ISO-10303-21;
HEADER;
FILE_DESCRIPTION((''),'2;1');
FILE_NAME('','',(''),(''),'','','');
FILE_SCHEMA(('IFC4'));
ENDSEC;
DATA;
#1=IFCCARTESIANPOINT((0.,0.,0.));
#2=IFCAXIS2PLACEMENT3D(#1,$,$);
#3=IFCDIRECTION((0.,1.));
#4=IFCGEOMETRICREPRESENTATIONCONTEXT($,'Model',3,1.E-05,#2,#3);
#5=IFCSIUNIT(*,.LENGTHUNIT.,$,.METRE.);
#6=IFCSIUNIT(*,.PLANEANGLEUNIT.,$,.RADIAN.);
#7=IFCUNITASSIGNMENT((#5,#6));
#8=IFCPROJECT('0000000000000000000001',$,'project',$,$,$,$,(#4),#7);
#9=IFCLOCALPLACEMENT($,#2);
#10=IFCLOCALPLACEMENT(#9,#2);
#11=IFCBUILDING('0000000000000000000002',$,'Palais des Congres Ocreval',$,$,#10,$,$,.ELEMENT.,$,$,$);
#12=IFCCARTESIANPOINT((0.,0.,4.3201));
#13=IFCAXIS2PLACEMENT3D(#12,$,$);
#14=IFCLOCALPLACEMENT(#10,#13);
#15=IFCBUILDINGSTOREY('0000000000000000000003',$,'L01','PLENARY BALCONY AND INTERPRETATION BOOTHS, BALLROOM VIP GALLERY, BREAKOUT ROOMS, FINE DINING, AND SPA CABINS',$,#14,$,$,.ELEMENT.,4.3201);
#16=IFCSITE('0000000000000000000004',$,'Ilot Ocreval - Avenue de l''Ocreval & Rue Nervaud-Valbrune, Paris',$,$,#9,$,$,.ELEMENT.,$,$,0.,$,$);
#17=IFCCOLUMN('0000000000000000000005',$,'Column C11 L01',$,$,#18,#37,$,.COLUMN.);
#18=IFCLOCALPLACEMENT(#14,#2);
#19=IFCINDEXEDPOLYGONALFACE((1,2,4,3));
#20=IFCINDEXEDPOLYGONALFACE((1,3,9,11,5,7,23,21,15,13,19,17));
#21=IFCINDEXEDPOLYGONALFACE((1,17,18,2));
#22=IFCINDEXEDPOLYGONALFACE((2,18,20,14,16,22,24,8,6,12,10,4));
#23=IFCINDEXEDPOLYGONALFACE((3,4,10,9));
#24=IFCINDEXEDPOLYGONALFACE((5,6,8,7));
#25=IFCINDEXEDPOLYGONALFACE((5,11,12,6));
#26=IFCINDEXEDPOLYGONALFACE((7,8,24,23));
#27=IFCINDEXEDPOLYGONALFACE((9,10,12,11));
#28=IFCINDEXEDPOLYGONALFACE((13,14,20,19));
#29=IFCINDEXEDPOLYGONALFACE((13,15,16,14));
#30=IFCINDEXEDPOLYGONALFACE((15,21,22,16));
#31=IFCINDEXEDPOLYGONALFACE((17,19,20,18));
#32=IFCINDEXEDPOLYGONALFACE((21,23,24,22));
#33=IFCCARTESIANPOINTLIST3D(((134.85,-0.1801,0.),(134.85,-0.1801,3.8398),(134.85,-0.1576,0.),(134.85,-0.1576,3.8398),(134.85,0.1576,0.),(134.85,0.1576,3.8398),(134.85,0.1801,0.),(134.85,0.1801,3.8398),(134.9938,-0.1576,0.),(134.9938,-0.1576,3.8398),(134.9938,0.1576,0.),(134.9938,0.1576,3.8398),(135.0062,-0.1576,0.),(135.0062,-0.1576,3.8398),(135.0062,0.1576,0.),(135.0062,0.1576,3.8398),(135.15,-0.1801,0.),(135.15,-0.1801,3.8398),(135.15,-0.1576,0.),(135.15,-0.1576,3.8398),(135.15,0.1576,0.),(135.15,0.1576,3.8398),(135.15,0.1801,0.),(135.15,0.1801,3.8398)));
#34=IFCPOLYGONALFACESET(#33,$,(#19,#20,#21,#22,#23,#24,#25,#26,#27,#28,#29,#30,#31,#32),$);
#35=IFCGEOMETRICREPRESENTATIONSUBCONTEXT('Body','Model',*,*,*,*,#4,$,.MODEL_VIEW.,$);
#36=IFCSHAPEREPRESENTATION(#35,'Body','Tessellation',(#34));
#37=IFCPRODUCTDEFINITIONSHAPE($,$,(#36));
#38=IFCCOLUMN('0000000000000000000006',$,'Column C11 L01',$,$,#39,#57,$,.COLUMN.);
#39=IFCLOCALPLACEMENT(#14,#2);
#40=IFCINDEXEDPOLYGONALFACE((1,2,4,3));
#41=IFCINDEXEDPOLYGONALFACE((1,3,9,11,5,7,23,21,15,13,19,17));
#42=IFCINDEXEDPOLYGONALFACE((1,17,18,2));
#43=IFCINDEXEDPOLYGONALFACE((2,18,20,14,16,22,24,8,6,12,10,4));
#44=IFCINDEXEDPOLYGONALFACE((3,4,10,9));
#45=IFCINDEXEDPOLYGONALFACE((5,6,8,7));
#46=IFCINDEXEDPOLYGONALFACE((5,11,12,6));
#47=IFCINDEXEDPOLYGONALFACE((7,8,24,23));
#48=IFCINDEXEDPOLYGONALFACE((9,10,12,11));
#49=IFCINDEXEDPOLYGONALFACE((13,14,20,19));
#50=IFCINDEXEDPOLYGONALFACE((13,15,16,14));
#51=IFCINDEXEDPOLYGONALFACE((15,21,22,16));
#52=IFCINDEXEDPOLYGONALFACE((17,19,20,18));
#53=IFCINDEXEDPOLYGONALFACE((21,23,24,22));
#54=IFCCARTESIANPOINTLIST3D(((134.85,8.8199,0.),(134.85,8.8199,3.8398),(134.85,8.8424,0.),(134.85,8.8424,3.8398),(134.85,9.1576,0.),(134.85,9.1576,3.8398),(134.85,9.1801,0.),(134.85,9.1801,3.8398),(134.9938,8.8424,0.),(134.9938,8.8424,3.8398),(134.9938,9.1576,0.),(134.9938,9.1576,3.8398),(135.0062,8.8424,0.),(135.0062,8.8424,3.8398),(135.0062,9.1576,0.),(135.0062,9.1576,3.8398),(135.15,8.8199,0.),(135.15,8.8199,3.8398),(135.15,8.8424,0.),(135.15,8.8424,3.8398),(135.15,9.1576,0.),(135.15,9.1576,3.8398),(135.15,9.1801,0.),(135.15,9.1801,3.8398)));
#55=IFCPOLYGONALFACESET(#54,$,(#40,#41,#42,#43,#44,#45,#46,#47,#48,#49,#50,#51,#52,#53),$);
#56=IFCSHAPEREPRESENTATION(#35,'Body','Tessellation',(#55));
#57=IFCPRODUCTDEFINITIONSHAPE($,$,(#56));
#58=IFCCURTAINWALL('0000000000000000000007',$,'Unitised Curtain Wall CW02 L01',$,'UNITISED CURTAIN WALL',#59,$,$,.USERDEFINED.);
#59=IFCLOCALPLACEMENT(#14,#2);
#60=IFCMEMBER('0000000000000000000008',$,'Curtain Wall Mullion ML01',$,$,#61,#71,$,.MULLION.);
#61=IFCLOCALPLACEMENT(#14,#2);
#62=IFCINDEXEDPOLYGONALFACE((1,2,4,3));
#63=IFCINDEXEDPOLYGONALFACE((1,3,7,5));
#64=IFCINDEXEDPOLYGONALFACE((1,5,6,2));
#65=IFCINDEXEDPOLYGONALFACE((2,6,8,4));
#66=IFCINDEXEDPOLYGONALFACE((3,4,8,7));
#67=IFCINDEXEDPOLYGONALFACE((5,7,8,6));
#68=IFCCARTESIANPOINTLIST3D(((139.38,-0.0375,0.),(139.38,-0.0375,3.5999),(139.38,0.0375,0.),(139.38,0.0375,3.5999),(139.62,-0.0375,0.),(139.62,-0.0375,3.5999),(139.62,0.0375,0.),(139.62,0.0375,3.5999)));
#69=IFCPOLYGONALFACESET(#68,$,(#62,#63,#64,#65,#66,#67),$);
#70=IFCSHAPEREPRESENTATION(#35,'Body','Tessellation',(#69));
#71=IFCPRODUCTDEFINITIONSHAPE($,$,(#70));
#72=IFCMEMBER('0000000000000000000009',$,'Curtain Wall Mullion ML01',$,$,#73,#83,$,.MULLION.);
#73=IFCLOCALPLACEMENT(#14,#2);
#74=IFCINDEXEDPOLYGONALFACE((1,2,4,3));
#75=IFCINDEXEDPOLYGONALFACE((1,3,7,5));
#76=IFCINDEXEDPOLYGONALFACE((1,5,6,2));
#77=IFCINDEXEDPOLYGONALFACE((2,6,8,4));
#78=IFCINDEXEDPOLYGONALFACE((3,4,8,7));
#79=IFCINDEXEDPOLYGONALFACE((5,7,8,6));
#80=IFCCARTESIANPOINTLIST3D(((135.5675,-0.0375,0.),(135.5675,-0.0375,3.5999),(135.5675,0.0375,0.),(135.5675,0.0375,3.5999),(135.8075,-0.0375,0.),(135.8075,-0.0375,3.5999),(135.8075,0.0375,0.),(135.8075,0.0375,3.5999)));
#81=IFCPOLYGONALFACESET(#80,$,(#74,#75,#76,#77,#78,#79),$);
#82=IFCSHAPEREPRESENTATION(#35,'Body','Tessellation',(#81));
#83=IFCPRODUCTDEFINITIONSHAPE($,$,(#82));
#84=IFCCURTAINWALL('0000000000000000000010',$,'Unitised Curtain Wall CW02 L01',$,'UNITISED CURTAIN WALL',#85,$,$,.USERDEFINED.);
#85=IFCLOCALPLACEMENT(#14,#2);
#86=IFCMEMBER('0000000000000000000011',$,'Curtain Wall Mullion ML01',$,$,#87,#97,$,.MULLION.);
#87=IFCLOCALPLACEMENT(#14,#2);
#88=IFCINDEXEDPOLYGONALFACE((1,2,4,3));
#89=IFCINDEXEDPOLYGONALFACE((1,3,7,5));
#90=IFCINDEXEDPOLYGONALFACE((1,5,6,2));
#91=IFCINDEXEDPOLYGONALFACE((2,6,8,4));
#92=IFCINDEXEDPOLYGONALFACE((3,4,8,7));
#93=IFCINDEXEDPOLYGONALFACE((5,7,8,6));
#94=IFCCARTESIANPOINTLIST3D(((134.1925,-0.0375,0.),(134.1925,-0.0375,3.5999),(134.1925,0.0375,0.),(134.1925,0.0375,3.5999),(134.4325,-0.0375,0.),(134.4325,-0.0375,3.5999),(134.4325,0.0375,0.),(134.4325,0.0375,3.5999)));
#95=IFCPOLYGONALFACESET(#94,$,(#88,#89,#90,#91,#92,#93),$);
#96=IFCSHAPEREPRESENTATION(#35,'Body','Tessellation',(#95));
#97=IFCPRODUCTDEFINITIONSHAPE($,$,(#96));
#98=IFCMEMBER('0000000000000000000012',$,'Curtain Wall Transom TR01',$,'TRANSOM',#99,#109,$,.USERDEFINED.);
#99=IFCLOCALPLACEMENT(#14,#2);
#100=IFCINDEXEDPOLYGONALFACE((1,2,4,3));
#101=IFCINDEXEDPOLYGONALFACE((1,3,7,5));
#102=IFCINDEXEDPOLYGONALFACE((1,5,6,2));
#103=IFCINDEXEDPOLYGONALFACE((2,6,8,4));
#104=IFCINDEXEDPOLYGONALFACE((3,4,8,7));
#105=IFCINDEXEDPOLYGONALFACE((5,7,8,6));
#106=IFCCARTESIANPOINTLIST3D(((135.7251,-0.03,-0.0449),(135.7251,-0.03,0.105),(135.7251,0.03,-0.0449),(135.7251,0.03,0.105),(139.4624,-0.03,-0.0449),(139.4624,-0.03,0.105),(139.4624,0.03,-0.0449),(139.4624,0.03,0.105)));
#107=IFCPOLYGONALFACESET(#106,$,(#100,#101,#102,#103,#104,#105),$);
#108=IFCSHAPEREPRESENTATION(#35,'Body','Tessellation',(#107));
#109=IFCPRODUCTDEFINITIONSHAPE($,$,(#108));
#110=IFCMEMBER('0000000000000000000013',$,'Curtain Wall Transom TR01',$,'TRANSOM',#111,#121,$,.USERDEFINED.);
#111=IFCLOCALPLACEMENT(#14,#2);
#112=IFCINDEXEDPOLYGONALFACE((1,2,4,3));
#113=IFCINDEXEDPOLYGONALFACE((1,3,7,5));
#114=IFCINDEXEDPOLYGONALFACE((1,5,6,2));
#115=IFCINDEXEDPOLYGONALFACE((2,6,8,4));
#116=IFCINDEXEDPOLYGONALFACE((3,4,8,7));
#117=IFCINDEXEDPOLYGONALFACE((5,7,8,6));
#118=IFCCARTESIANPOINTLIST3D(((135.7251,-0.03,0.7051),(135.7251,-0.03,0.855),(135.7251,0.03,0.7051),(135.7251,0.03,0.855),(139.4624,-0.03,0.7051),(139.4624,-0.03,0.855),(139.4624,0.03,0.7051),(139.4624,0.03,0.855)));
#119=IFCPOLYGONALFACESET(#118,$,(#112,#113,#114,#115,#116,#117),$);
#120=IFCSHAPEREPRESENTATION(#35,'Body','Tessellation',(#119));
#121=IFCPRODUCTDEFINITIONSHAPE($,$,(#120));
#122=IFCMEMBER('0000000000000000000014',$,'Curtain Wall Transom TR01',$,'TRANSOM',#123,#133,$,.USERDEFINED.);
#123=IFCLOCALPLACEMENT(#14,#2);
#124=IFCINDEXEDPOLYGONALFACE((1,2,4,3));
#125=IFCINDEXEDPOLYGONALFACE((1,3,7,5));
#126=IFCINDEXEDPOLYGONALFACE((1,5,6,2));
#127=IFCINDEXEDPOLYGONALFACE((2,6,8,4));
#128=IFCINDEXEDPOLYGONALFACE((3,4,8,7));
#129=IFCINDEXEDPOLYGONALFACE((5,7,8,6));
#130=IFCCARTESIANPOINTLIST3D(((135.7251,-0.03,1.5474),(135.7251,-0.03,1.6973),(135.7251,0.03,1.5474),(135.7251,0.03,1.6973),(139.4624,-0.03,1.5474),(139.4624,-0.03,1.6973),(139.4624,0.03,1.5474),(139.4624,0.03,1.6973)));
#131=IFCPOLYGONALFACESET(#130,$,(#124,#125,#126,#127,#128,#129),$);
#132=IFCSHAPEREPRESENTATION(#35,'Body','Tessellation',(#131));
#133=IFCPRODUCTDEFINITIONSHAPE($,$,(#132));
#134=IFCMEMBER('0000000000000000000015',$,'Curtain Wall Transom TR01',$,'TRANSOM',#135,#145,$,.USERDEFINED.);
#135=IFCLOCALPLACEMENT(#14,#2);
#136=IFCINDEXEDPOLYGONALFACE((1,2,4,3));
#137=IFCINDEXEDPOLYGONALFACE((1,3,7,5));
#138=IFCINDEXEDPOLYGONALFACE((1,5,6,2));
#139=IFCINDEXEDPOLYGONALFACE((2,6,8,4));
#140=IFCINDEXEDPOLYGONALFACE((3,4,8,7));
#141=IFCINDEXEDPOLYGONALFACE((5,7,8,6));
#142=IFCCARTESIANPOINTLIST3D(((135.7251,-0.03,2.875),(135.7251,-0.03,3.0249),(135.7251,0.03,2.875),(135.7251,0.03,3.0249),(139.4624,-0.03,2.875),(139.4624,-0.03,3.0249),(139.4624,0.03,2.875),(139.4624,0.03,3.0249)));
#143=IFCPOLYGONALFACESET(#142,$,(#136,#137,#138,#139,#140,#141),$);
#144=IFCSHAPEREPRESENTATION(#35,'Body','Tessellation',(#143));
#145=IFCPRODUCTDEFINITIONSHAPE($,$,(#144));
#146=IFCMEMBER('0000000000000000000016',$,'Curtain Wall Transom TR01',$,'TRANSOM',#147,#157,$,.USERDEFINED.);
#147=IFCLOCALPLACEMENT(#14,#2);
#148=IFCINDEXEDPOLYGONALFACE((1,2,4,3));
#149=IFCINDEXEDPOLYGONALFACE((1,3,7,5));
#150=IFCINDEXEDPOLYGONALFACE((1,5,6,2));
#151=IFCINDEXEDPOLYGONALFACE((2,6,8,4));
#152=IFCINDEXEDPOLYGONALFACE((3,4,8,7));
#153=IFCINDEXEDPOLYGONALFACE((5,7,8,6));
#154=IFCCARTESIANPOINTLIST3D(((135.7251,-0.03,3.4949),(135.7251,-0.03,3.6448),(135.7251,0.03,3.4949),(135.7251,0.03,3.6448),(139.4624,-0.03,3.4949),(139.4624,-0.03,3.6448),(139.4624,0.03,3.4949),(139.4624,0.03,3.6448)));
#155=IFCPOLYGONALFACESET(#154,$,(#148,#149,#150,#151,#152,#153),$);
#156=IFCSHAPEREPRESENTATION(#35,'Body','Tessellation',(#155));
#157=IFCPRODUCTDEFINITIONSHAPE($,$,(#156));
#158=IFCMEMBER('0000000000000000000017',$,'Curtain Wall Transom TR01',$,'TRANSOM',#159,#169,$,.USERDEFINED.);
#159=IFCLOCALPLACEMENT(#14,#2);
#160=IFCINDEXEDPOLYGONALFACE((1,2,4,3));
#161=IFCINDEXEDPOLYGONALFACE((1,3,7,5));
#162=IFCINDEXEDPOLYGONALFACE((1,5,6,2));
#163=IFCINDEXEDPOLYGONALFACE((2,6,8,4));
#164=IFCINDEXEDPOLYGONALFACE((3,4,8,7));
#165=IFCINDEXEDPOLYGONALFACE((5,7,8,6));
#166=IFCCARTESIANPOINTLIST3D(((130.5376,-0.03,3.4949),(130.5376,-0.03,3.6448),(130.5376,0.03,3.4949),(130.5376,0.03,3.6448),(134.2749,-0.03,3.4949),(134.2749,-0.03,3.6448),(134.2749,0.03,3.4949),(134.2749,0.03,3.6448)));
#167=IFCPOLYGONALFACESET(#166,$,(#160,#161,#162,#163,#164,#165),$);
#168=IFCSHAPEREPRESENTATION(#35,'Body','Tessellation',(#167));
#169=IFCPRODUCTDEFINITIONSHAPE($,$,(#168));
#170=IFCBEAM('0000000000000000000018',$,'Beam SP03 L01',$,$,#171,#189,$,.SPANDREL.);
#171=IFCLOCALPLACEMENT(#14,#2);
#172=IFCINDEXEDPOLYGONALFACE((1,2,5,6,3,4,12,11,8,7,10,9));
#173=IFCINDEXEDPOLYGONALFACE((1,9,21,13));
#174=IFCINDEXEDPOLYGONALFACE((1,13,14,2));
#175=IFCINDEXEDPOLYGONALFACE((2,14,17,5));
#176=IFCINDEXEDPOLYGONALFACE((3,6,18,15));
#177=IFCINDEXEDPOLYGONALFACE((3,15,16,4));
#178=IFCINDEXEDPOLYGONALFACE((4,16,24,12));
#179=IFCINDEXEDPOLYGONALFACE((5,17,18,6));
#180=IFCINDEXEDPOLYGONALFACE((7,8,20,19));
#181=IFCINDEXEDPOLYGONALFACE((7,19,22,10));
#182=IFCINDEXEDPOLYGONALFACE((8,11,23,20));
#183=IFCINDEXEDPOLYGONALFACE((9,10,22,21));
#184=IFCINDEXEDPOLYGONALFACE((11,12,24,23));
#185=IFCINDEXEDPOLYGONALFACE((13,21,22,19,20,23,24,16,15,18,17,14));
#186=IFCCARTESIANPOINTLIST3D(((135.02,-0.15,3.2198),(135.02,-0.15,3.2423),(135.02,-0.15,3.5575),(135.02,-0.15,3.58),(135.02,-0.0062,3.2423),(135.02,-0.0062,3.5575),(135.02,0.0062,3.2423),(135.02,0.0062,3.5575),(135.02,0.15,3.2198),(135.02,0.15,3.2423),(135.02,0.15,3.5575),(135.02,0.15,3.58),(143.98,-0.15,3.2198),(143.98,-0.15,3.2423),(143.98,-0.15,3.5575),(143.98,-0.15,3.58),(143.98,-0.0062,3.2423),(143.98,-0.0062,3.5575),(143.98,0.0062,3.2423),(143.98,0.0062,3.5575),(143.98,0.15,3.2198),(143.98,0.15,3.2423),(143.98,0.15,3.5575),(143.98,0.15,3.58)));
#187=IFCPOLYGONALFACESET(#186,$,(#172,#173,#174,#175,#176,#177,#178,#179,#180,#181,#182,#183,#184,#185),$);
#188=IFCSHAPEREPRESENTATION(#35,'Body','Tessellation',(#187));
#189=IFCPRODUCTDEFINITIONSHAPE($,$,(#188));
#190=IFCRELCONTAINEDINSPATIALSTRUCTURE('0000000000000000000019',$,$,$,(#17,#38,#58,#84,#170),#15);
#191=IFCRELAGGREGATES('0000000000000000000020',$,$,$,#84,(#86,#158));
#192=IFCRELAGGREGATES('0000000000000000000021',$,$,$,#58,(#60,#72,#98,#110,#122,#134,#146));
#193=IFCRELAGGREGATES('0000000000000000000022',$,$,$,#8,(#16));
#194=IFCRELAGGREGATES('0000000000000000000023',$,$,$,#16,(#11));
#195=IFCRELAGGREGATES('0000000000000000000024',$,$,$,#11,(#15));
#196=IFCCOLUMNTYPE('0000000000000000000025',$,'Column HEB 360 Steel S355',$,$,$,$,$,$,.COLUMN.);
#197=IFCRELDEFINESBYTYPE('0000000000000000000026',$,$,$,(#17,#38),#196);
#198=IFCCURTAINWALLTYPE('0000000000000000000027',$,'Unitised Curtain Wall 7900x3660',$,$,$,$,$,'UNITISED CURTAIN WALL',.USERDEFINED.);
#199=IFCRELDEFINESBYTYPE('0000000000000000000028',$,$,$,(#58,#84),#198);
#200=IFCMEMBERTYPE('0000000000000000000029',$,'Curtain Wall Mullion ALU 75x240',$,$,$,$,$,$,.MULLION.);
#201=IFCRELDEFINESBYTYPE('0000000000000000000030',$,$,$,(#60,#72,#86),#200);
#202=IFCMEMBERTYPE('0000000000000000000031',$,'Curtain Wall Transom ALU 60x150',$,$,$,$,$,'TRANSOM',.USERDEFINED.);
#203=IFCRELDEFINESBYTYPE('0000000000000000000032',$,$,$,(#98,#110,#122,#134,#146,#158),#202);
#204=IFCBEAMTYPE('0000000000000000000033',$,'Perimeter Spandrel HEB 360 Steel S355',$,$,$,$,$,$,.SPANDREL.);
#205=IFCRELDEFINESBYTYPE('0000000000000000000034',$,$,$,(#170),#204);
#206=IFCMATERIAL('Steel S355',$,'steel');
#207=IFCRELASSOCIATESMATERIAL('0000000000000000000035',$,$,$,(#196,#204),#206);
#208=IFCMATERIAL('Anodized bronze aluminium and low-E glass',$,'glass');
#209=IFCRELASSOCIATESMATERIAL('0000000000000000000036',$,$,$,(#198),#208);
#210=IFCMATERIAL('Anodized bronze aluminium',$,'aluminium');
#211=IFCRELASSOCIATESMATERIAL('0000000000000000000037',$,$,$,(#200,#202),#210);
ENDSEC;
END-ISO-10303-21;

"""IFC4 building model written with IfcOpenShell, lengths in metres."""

from ifc_helpers import new_model, si_unit, direction, frame, origin, origin_2d, place, context, subcontext, project, spatial, rectangle, i_section, extrude, material, material_profile, profile_set, type_object, element, aggregate, save


model = new_model("IFC4")

# Units and contexts
model_context = context("Model", 3, precision=1e-05, world=origin(), true_north=direction((0.0, 1.0)))
body_context = subcontext(model_context, "Body", "Model", "MODEL_VIEW")
ifc_project = project(units=[si_unit("LENGTHUNIT", "METRE"), si_unit("PLANEANGLEUNIT", "RADIAN")], contexts=[model_context])

# Site, building, storey
site_placement = place(None, origin())
site = spatial("IfcSite", under=ifc_project, at=site_placement, Name="Ilot Ocreval - Avenue de l'Ocreval & Rue Nervaud-Valbrune, Paris", CompositionType="ELEMENT", RefElevation=0.0)
building_placement = place(site_placement, origin())
building = spatial("IfcBuilding", under=site, at=building_placement, Name="Palais des Congres Ocreval", CompositionType="ELEMENT")
storey_placement = place(building_placement, frame((0.0, 0.0, 4.3201)))
storey = spatial("IfcBuildingStorey", under=building, at=storey_placement, Name="L01", Description="PLENARY BALCONY AND INTERPRETATION BOOTHS, BALLROOM VIP GALLERY, BREAKOUT ROOMS, FINE DINING, AND SPA CABINS", CompositionType="ELEMENT", Elevation=4.3201)

# Columns
ifc_material_1 = material(Name="Steel S355", Category="steel")
ifc_material_profile_1 = material_profile(ifc_material_1, i_section(OverallWidth=0.3, OverallDepth=0.3601, WebThickness=0.0125, FlangeThickness=0.0225, at=origin_2d()), Name="HEB 360")
ifc_profile_set_1 = profile_set([ifc_material_profile_1], Name="Steel S355")
column_type = type_object("IfcColumnType", Name="Column HEB 360 Steel S355", PredefinedType="COLUMN", material=ifc_profile_set_1)
for number, where, z_axis, x_axis, name in (
    (1, (135.0, 0.0, 0.0), (0.0, 0.0, 1.0), (1.0, 0.0, 0.0), "Column C11 L01"),
    (2, (135.0, 9.0, 0.0), (0.0, 0.0, 1.0), (1.0, 0.0, 0.0), "Column C11 L01"),
):
    element("IfcColumn", number, at=place(storey_placement, frame(where, z_axis=z_axis, x_axis=x_axis)), inside=storey, type_object=column_type, Name=name, PredefinedType="COLUMN", context=body_context, shape_type="SweptSolid", body=[
        extrude(i_section(OverallWidth=0.3, OverallDepth=0.3601, WebThickness=0.0125, FlangeThickness=0.0225, at=origin_2d()), origin(), (0.0, 0.0, 1.0), 3.8398),
    ])

# Curtain wall, members
ifc_material_2 = material(Name="Anodized bronze aluminium and low-E glass", Category="glass")
curtain_wall_type = type_object("IfcCurtainWallType", Name="Unitised Curtain Wall 7900x3660", ElementType="UNITISED CURTAIN WALL", PredefinedType="USERDEFINED", material=ifc_material_2)
curtain_wall_1_placement = place(storey_placement, origin())
curtain_wall_1 = element("IfcCurtainWall", 3, at=curtain_wall_1_placement, inside=storey, type_object=curtain_wall_type, Name="Unitised Curtain Wall CW02 L01", ObjectType="UNITISED CURTAIN WALL", PredefinedType="USERDEFINED")
ifc_material_3 = material(Name="Anodized bronze aluminium", Category="aluminium")
ifc_material_profile_2 = material_profile(ifc_material_3, rectangle(XDim=0.075, YDim=0.24, at=origin_2d()), Name="ALU 75x240")
ifc_profile_set_2 = profile_set([ifc_material_profile_2], Name="Anodized bronze aluminium")
member_type_1 = type_object("IfcMemberType", Name="Curtain Wall Mullion ALU 75x240", PredefinedType="MULLION", material=ifc_profile_set_2)
member_1_placement = place(storey_placement, frame((139.5, 0.0, 0.0), z_axis=(0.0, 0.0, 1.0), x_axis=(0.0, -1.0, 0.0)))
member_1 = element("IfcMember", 4, at=member_1_placement, type_object=member_type_1, Name="Curtain Wall Mullion ML01", PredefinedType="MULLION", context=body_context, shape_type="SweptSolid", body=[
    extrude(rectangle(XDim=0.075, YDim=0.24, at=origin_2d()), origin(), (0.0, 0.0, 1.0), 3.5999),
])
member_2_placement = place(storey_placement, frame((135.6875, 0.0, 0.0), z_axis=(0.0, 0.0, 1.0), x_axis=(0.0, -1.0, 0.0)))
member_2 = element("IfcMember", 5, at=member_2_placement, type_object=member_type_1, Name="Curtain Wall Mullion ML01", PredefinedType="MULLION", context=body_context, shape_type="SweptSolid", body=[
    extrude(rectangle(XDim=0.075, YDim=0.24, at=origin_2d()), origin(), (0.0, 0.0, 1.0), 3.5999),
])

# Curtain wall, member
curtain_wall_2_placement = place(storey_placement, origin())
curtain_wall_2 = element("IfcCurtainWall", 6, at=curtain_wall_2_placement, inside=storey, type_object=curtain_wall_type, Name="Unitised Curtain Wall CW02 L01", ObjectType="UNITISED CURTAIN WALL", PredefinedType="USERDEFINED")
member_3_placement = place(storey_placement, frame((134.3125, 0.0, 0.0), z_axis=(0.0, 0.0, 1.0), x_axis=(0.0, -1.0, 0.0)))
member_3 = element("IfcMember", 7, at=member_3_placement, type_object=member_type_1, Name="Curtain Wall Mullion ML01", PredefinedType="MULLION", context=body_context, shape_type="SweptSolid", body=[
    extrude(rectangle(XDim=0.075, YDim=0.24, at=origin_2d()), origin(), (0.0, 0.0, 1.0), 3.5999),
])

# Members
ifc_material_profile_3 = material_profile(ifc_material_3, rectangle(XDim=0.0601, YDim=0.1499, at=origin_2d()), Name="ALU 60x150")
ifc_profile_set_3 = profile_set([ifc_material_profile_3], Name="Anodized bronze aluminium")
member_type_2 = type_object("IfcMemberType", Name="Curtain Wall Transom ALU 60x150", ElementType="TRANSOM", PredefinedType="USERDEFINED", material=ifc_profile_set_3)
member_4_placement = place(storey_placement, frame((139.4624, 0.0, 0.03), z_axis=(-1.0, 0.0, 0.0), x_axis=(0.0, -1.0, 0.0)))
member_4 = element("IfcMember", 8, at=member_4_placement, type_object=member_type_2, Name="Curtain Wall Transom TR01", ObjectType="TRANSOM", PredefinedType="USERDEFINED", context=body_context, shape_type="SweptSolid", body=[
    extrude(rectangle(XDim=0.0601, YDim=0.1499, at=origin_2d()), origin(), (0.0, 0.0, 1.0), 3.7373),
])
member_5_placement = place(storey_placement, frame((139.4624, 0.0, 0.78), z_axis=(-1.0, 0.0, 0.0), x_axis=(0.0, -1.0, 0.0)))
member_5 = element("IfcMember", 9, at=member_5_placement, type_object=member_type_2, Name="Curtain Wall Transom TR01", ObjectType="TRANSOM", PredefinedType="USERDEFINED", context=body_context, shape_type="SweptSolid", body=[
    extrude(rectangle(XDim=0.0601, YDim=0.1499, at=origin_2d()), origin(), (0.0, 0.0, 1.0), 3.7373),
])
member_6_placement = place(storey_placement, frame((139.4624, 0.0, 1.6223), z_axis=(-1.0, 0.0, 0.0), x_axis=(0.0, -1.0, 0.0)))
member_6 = element("IfcMember", 10, at=member_6_placement, type_object=member_type_2, Name="Curtain Wall Transom TR01", ObjectType="TRANSOM", PredefinedType="USERDEFINED", context=body_context, shape_type="SweptSolid", body=[
    extrude(rectangle(XDim=0.0601, YDim=0.1499, at=origin_2d()), origin(), (0.0, 0.0, 1.0), 3.7373),
])
member_7_placement = place(storey_placement, frame((139.4624, 0.0, 2.95), z_axis=(-1.0, 0.0, 0.0), x_axis=(0.0, -1.0, 0.0)))
member_7 = element("IfcMember", 11, at=member_7_placement, type_object=member_type_2, Name="Curtain Wall Transom TR01", ObjectType="TRANSOM", PredefinedType="USERDEFINED", context=body_context, shape_type="SweptSolid", body=[
    extrude(rectangle(XDim=0.0601, YDim=0.1499, at=origin_2d()), origin(), (0.0, 0.0, 1.0), 3.7373),
])
member_8_placement = place(storey_placement, frame((139.4624, 0.0, 3.5698), z_axis=(-1.0, 0.0, 0.0), x_axis=(0.0, -1.0, 0.0)))
member_8 = element("IfcMember", 12, at=member_8_placement, type_object=member_type_2, Name="Curtain Wall Transom TR01", ObjectType="TRANSOM", PredefinedType="USERDEFINED", context=body_context, shape_type="SweptSolid", body=[
    extrude(rectangle(XDim=0.0601, YDim=0.1499, at=origin_2d()), origin(), (0.0, 0.0, 1.0), 3.7373),
])
member_9_placement = place(storey_placement, frame((134.2749, 0.0, 3.5698), z_axis=(-1.0, 0.0, 0.0), x_axis=(0.0, -1.0, 0.0)))
member_9 = element("IfcMember", 13, at=member_9_placement, type_object=member_type_2, Name="Curtain Wall Transom TR01", ObjectType="TRANSOM", PredefinedType="USERDEFINED", context=body_context, shape_type="SweptSolid", body=[
    extrude(rectangle(XDim=0.0601, YDim=0.1499, at=origin_2d()), origin(), (0.0, 0.0, 1.0), 3.7373),
])
aggregate(curtain_wall_2, [member_3, member_9])

# Beam
ifc_material_profile_4 = material_profile(ifc_material_1, i_section(OverallWidth=0.3, OverallDepth=0.3601, WebThickness=0.0125, FlangeThickness=0.0225, at=origin_2d()), Name="HEB 360")
ifc_profile_set_4 = profile_set([ifc_material_profile_4], Name="Steel S355")
beam_type = type_object("IfcBeamType", Name="Perimeter Spandrel HEB 360 Steel S355", PredefinedType="SPANDREL", material=ifc_profile_set_4)
beam_placement = place(storey_placement, frame((135.02, 0.0, 3.3999), z_axis=(1.0, 0.0, 0.0), x_axis=(0.0, 1.0, 0.0)))
element("IfcBeam", 14, at=beam_placement, inside=storey, type_object=beam_type, Name="Beam SP03 L01", PredefinedType="SPANDREL", context=body_context, shape_type="SweptSolid", body=[
    extrude(i_section(OverallWidth=0.3, OverallDepth=0.3601, WebThickness=0.0125, FlangeThickness=0.0225, at=origin_2d()), origin(), (0.0, 0.0, 1.0), 8.96),
])

aggregate(curtain_wall_1, [member_1, member_2, member_4, member_5, member_6, member_7, member_8])

save(model, "model.ifc")
